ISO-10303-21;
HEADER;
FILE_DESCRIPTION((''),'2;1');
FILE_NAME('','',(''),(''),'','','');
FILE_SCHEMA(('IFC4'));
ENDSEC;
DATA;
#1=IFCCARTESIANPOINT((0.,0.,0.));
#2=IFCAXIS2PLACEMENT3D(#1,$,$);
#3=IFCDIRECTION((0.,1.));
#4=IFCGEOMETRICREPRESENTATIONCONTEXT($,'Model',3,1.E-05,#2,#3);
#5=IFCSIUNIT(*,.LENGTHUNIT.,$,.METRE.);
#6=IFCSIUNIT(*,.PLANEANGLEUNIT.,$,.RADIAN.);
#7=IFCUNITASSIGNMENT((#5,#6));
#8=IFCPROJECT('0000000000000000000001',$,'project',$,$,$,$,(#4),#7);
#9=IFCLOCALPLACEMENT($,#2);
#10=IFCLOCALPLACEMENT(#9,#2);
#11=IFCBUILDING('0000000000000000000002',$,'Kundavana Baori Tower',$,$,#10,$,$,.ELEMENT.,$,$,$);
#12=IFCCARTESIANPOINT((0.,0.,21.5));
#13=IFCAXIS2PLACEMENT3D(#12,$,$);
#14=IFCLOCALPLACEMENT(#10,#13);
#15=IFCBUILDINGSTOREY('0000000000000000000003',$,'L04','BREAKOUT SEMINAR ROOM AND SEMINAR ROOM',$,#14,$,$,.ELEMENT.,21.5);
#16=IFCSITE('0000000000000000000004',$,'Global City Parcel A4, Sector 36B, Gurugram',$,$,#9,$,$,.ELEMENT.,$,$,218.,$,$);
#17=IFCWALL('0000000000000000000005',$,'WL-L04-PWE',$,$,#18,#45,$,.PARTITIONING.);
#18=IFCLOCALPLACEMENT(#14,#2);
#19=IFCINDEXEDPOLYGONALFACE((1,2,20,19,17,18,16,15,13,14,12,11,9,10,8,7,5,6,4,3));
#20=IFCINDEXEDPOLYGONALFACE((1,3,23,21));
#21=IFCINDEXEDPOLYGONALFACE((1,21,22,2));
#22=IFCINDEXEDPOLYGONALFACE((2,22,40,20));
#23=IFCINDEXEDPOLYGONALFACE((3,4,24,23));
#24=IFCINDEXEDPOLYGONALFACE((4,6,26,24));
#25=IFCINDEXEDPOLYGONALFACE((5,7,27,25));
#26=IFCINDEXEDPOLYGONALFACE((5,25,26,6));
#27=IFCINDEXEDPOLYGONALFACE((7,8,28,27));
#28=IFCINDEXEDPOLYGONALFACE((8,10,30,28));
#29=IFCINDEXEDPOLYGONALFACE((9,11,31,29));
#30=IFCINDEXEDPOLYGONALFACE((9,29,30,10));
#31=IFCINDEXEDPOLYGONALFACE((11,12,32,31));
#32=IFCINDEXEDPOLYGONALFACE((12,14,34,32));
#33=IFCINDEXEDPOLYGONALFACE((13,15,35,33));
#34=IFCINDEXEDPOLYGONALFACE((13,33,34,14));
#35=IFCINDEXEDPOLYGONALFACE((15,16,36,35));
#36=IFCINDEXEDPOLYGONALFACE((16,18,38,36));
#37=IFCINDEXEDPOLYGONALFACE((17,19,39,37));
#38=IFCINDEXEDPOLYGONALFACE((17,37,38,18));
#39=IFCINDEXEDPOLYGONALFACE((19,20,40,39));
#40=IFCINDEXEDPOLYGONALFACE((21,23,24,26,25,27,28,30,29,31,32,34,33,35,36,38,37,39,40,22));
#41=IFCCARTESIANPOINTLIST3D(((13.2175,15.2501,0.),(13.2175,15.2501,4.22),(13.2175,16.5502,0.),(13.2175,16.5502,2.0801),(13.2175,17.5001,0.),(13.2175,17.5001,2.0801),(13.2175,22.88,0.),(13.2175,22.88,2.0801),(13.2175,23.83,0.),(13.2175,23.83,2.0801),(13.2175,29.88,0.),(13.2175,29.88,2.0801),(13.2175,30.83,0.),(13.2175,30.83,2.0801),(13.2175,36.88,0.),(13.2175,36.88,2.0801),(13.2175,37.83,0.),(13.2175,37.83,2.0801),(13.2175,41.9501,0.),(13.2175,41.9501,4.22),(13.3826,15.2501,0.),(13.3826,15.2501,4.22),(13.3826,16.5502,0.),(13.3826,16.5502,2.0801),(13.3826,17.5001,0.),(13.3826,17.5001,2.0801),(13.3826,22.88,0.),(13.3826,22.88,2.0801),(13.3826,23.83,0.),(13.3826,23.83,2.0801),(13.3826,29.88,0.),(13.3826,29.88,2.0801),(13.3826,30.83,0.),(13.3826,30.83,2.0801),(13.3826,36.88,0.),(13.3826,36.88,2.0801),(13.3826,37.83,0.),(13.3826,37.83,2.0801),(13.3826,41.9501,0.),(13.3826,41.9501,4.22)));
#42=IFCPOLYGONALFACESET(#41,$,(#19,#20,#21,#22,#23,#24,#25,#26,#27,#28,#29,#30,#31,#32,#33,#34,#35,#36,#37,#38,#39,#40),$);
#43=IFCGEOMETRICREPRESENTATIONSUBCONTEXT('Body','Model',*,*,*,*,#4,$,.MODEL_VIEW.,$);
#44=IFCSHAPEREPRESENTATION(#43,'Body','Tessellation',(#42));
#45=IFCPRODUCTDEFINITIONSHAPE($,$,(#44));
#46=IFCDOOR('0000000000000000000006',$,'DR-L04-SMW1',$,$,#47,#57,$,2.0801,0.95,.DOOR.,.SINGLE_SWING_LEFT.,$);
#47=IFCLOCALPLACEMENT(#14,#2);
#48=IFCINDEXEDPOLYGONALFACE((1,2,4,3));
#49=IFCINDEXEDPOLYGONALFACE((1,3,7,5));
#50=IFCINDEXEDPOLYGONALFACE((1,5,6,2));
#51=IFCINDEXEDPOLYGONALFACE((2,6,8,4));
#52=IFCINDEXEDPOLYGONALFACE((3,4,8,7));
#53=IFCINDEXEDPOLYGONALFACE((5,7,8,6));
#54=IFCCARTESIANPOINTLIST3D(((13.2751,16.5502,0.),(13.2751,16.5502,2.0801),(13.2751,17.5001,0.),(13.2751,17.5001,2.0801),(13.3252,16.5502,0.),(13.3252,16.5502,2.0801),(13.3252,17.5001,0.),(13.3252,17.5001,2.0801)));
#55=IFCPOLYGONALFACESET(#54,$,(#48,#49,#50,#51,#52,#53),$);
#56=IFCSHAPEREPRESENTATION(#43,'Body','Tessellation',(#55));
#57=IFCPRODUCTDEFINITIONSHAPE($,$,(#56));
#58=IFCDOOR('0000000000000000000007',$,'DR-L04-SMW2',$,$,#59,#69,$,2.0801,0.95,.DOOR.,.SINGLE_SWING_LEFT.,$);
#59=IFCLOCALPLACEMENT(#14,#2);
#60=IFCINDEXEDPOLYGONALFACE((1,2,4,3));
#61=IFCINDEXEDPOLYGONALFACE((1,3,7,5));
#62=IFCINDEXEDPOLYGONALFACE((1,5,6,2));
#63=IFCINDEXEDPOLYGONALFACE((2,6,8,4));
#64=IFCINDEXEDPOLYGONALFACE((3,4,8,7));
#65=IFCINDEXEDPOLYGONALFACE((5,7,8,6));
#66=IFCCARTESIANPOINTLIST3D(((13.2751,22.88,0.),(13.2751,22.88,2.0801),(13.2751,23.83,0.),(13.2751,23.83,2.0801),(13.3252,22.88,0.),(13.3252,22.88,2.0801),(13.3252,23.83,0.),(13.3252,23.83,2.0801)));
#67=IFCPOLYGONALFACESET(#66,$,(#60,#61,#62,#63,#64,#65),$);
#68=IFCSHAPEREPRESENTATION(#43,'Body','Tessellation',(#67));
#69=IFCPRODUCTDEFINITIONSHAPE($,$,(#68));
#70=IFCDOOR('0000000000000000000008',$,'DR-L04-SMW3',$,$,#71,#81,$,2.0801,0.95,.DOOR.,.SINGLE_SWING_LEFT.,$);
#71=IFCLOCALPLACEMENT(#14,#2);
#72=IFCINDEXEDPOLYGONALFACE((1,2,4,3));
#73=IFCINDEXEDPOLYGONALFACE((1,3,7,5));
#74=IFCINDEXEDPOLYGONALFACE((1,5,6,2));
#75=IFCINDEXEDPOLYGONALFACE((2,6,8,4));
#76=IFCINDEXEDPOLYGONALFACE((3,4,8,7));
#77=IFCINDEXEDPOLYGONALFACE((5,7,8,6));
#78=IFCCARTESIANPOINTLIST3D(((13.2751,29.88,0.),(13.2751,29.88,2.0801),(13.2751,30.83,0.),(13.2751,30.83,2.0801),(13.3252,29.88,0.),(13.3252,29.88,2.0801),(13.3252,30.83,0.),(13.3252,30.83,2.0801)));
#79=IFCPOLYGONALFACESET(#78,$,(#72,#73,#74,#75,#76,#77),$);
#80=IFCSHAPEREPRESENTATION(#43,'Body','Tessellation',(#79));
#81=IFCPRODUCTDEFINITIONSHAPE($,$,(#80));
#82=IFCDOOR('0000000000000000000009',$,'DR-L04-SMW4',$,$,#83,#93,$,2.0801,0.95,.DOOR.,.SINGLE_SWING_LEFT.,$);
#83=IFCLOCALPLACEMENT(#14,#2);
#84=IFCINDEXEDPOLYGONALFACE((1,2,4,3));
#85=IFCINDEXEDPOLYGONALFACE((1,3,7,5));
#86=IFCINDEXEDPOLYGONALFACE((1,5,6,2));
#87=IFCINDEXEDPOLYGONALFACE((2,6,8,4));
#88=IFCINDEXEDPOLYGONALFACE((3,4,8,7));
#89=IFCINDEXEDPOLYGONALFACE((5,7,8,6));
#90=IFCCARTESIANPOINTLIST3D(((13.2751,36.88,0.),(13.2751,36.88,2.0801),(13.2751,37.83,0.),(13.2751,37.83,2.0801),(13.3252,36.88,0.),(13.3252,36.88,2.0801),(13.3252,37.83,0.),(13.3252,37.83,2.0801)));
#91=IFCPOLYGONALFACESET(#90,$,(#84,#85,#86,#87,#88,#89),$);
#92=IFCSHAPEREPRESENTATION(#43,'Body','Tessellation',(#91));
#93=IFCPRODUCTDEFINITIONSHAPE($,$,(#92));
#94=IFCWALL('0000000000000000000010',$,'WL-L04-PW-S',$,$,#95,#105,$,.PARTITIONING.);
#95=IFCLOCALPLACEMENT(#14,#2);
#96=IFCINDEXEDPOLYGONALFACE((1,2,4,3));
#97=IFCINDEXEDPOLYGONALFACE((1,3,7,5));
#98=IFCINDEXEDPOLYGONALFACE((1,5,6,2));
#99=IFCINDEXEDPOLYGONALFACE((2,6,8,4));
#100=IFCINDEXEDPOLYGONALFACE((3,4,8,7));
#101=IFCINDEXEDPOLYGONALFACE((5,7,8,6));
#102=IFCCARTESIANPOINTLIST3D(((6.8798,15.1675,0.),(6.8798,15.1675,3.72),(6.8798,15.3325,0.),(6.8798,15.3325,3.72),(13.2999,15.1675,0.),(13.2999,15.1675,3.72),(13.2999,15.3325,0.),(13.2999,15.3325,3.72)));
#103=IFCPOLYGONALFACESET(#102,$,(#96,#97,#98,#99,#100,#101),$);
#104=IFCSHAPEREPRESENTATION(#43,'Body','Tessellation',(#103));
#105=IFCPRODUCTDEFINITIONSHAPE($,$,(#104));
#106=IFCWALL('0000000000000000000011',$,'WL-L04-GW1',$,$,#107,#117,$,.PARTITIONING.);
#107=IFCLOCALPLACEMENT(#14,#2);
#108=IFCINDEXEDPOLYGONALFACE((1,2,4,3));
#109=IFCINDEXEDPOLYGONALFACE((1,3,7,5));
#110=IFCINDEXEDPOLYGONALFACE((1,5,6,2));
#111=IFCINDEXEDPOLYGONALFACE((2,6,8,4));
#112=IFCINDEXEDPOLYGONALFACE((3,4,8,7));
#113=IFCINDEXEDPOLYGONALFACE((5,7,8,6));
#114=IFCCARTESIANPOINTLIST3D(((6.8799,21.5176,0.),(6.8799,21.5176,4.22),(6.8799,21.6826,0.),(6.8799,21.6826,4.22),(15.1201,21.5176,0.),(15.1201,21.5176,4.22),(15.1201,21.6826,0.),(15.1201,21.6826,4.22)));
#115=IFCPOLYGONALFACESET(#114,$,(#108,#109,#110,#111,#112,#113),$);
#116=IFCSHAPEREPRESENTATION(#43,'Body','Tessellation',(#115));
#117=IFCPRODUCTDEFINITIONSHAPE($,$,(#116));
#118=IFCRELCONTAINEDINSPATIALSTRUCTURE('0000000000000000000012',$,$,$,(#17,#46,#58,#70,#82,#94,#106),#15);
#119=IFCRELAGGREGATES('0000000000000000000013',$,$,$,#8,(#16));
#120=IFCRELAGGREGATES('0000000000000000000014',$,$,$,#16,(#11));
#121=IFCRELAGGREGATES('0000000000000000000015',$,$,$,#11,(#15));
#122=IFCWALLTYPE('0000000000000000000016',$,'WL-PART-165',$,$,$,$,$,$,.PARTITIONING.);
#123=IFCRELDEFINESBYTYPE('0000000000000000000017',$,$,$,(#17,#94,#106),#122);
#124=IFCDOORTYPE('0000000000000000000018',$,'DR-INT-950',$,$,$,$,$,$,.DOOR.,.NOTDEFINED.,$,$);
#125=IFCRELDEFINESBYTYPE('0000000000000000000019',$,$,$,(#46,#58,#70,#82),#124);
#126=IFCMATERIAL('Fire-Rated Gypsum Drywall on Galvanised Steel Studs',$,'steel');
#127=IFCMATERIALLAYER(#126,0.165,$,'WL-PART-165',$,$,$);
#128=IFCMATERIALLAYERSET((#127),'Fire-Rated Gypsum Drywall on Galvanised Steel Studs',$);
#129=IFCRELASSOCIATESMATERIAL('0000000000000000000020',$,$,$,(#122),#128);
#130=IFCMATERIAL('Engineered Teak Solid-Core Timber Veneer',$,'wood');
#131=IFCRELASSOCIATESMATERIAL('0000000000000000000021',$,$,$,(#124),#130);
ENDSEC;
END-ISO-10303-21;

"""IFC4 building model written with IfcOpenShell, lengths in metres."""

from ifc_helpers import new_model, si_unit, direction, frame, frame_2d, origin, place, context, subcontext, project, spatial, rectangle, extrude, material, layer, layer_set, type_object, element, fill, save


model = new_model("IFC4")

# Units and contexts
model_context = context("Model", 3, precision=1e-05, world=origin(), true_north=direction((0.0, 1.0)))
body_context = subcontext(model_context, "Body", "Model", "MODEL_VIEW")
ifc_project = project(units=[si_unit("LENGTHUNIT", "METRE"), si_unit("PLANEANGLEUNIT", "RADIAN")], contexts=[model_context])

# Site, building, storey
site_placement = place(None, origin())
site = spatial("IfcSite", under=ifc_project, at=site_placement, Name="Global City Parcel A4, Sector 36B, Gurugram", CompositionType="ELEMENT", RefElevation=218.0)
building_placement = place(site_placement, origin())
building = spatial("IfcBuilding", under=site, at=building_placement, Name="Kundavana Baori Tower", CompositionType="ELEMENT")
storey_placement = place(building_placement, frame((0.0, 0.0, 21.5)))
storey = spatial("IfcBuildingStorey", under=building, at=storey_placement, Name="L04", Description="BREAKOUT SEMINAR ROOM AND SEMINAR ROOM", CompositionType="ELEMENT", Elevation=21.5)

# Wall, openings, doors
ifc_material_1 = material(Name="Fire-Rated Gypsum Drywall on Galvanised Steel Studs", Category="steel")
ifc_layer_1 = layer(ifc_material_1, 0.165, Name="WL-PART-165")
ifc_layer_set_1 = layer_set([ifc_layer_1], Name="Fire-Rated Gypsum Drywall on Galvanised Steel Studs")
wall_type_1 = type_object("IfcWallType", Name="WL-PART-165", PredefinedType="PARTITIONING", material=ifc_layer_set_1)
wall_1_placement = place(storey_placement, frame((13.3, 15.25, 0.0), z_axis=(0.0, 0.0, 1.0), x_axis=(0.0, 1.0, 0.0)))
wall_1 = element("IfcWall", 1, at=wall_1_placement, inside=storey, type_object=wall_type_1, Name="WL-L04-PWE", PredefinedType="PARTITIONING", context=body_context, shape_type="SweptSolid", body=[
    extrude(rectangle(XDim=26.7, YDim=0.165, at=frame_2d((13.3501, 0.0))), origin(), (0.0, 0.0, 1.0), 4.22),
])
opening_1_placement = place(wall_1_placement, frame((1.3, 0.0, 0.0)))
opening_1 = element("IfcOpeningElement", 2, at=opening_1_placement, cuts=wall_1, PredefinedType="OPENING", context=body_context, shape_type="SweptSolid", body=[
    extrude(rectangle(XDim=0.95, YDim=2.0801, at=frame_2d((0.4751, 1.04))), frame((0.0, 0.0925, 0.0), z_axis=(0.0, -1.0, 0.0), x_axis=(1.0, 0.0, 0.0)), (0.0, 0.0, 1.0), 0.1851),
])
opening_2_placement = place(wall_1_placement, frame((7.6299, 0.0, 0.0)))
opening_2 = element("IfcOpeningElement", 3, at=opening_2_placement, cuts=wall_1, PredefinedType="OPENING", context=body_context, shape_type="SweptSolid", body=[
    extrude(rectangle(XDim=0.95, YDim=2.0801, at=frame_2d((0.4751, 1.04))), frame((0.0, 0.0925, 0.0), z_axis=(0.0, -1.0, 0.0), x_axis=(1.0, 0.0, 0.0)), (0.0, 0.0, 1.0), 0.1851),
])
opening_3_placement = place(wall_1_placement, frame((14.6299, 0.0, 0.0)))
opening_3 = element("IfcOpeningElement", 4, at=opening_3_placement, cuts=wall_1, PredefinedType="OPENING", context=body_context, shape_type="SweptSolid", body=[
    extrude(rectangle(XDim=0.95, YDim=2.0801, at=frame_2d((0.4751, 1.04))), frame((0.0, 0.0925, 0.0), z_axis=(0.0, -1.0, 0.0), x_axis=(1.0, 0.0, 0.0)), (0.0, 0.0, 1.0), 0.1851),
])
opening_4_placement = place(wall_1_placement, frame((21.6299, 0.0, 0.0)))
opening_4 = element("IfcOpeningElement", 5, at=opening_4_placement, cuts=wall_1, PredefinedType="OPENING", context=body_context, shape_type="SweptSolid", body=[
    extrude(rectangle(XDim=0.95, YDim=2.0801, at=frame_2d((0.4751, 1.04))), frame((0.0, 0.0925, 0.0), z_axis=(0.0, -1.0, 0.0), x_axis=(1.0, 0.0, 0.0)), (0.0, 0.0, 1.0), 0.1851),
])
ifc_material_2 = material(Name="Engineered Teak Solid-Core Timber Veneer", Category="wood")
door_type_1 = type_object("IfcDoorType", Name="DR-INT-950", OperationType="NOTDEFINED", PredefinedType="DOOR", material=ifc_material_2)
door_1_placement = place(opening_1_placement, origin())
door_1 = element("IfcDoor", 6, at=door_1_placement, inside=storey, type_object=door_type_1, Name="DR-L04-SMW1", OperationType="SINGLE_SWING_LEFT", OverallHeight=2.0801, OverallWidth=0.95, PredefinedType="DOOR", context=body_context, shape_type="SweptSolid", body=[
    extrude(rectangle(XDim=0.95, YDim=2.0801, at=frame_2d((0.4751, 1.04))), frame((0.0, 0.0249, 0.0), z_axis=(0.0, -1.0, 0.0), x_axis=(1.0, 0.0, 0.0)), (0.0, 0.0, 1.0), 0.05),
])
fill(opening_1, door_1)
door_2_placement = place(opening_2_placement, origin())
door_2 = element("IfcDoor", 7, at=door_2_placement, inside=storey, type_object=door_type_1, Name="DR-L04-SMW2", OperationType="SINGLE_SWING_LEFT", OverallHeight=2.0801, OverallWidth=0.95, PredefinedType="DOOR", context=body_context, shape_type="SweptSolid", body=[
    extrude(rectangle(XDim=0.95, YDim=2.0801, at=frame_2d((0.4751, 1.04))), frame((0.0, 0.0249, 0.0), z_axis=(0.0, -1.0, 0.0), x_axis=(1.0, 0.0, 0.0)), (0.0, 0.0, 1.0), 0.05),
])
fill(opening_2, door_2)
door_3_placement = place(opening_3_placement, origin())
door_3 = element("IfcDoor", 8, at=door_3_placement, inside=storey, type_object=door_type_1, Name="DR-L04-SMW3", OperationType="SINGLE_SWING_LEFT", OverallHeight=2.0801, OverallWidth=0.95, PredefinedType="DOOR", context=body_context, shape_type="SweptSolid", body=[
    extrude(rectangle(XDim=0.95, YDim=2.0801, at=frame_2d((0.4751, 1.04))), frame((0.0, 0.0249, 0.0), z_axis=(0.0, -1.0, 0.0), x_axis=(1.0, 0.0, 0.0)), (0.0, 0.0, 1.0), 0.05),
])
fill(opening_3, door_3)
door_4_placement = place(opening_4_placement, origin())
door_4 = element("IfcDoor", 9, at=door_4_placement, inside=storey, type_object=door_type_1, Name="DR-L04-SMW4", OperationType="SINGLE_SWING_LEFT", OverallHeight=2.0801, OverallWidth=0.95, PredefinedType="DOOR", context=body_context, shape_type="SweptSolid", body=[
    extrude(rectangle(XDim=0.95, YDim=2.0801, at=frame_2d((0.4751, 1.04))), frame((0.0, 0.0249, 0.0), z_axis=(0.0, -1.0, 0.0), x_axis=(1.0, 0.0, 0.0)), (0.0, 0.0, 1.0), 0.05),
])
fill(opening_4, door_4)

# Walls
wall_2_placement = place(storey_placement, frame((6.8799, 15.25, 0.0), z_axis=(0.0, 0.0, 1.0), x_axis=(1.0, 0.0, 0.0)))
element("IfcWall", 10, at=wall_2_placement, inside=storey, type_object=wall_type_1, Name="WL-L04-PW-S", PredefinedType="PARTITIONING", context=body_context, shape_type="SweptSolid", body=[
    extrude(rectangle(XDim=6.4202, YDim=0.165, at=frame_2d((3.21, 0.0))), origin(), (0.0, 0.0, 1.0), 3.72),
])
wall_3_placement = place(storey_placement, frame((6.8799, 21.6001, 0.0), z_axis=(0.0, 0.0, 1.0), x_axis=(1.0, 0.0, 0.0)))
element("IfcWall", 11, at=wall_3_placement, inside=storey, type_object=wall_type_1, Name="WL-L04-GW1", PredefinedType="PARTITIONING", context=body_context, shape_type="SweptSolid", body=[
    extrude(rectangle(XDim=8.2402, YDim=0.165, at=frame_2d((4.1201, 0.0))), origin(), (0.0, 0.0, 1.0), 4.22),
])

save(model, "model.ifc")
